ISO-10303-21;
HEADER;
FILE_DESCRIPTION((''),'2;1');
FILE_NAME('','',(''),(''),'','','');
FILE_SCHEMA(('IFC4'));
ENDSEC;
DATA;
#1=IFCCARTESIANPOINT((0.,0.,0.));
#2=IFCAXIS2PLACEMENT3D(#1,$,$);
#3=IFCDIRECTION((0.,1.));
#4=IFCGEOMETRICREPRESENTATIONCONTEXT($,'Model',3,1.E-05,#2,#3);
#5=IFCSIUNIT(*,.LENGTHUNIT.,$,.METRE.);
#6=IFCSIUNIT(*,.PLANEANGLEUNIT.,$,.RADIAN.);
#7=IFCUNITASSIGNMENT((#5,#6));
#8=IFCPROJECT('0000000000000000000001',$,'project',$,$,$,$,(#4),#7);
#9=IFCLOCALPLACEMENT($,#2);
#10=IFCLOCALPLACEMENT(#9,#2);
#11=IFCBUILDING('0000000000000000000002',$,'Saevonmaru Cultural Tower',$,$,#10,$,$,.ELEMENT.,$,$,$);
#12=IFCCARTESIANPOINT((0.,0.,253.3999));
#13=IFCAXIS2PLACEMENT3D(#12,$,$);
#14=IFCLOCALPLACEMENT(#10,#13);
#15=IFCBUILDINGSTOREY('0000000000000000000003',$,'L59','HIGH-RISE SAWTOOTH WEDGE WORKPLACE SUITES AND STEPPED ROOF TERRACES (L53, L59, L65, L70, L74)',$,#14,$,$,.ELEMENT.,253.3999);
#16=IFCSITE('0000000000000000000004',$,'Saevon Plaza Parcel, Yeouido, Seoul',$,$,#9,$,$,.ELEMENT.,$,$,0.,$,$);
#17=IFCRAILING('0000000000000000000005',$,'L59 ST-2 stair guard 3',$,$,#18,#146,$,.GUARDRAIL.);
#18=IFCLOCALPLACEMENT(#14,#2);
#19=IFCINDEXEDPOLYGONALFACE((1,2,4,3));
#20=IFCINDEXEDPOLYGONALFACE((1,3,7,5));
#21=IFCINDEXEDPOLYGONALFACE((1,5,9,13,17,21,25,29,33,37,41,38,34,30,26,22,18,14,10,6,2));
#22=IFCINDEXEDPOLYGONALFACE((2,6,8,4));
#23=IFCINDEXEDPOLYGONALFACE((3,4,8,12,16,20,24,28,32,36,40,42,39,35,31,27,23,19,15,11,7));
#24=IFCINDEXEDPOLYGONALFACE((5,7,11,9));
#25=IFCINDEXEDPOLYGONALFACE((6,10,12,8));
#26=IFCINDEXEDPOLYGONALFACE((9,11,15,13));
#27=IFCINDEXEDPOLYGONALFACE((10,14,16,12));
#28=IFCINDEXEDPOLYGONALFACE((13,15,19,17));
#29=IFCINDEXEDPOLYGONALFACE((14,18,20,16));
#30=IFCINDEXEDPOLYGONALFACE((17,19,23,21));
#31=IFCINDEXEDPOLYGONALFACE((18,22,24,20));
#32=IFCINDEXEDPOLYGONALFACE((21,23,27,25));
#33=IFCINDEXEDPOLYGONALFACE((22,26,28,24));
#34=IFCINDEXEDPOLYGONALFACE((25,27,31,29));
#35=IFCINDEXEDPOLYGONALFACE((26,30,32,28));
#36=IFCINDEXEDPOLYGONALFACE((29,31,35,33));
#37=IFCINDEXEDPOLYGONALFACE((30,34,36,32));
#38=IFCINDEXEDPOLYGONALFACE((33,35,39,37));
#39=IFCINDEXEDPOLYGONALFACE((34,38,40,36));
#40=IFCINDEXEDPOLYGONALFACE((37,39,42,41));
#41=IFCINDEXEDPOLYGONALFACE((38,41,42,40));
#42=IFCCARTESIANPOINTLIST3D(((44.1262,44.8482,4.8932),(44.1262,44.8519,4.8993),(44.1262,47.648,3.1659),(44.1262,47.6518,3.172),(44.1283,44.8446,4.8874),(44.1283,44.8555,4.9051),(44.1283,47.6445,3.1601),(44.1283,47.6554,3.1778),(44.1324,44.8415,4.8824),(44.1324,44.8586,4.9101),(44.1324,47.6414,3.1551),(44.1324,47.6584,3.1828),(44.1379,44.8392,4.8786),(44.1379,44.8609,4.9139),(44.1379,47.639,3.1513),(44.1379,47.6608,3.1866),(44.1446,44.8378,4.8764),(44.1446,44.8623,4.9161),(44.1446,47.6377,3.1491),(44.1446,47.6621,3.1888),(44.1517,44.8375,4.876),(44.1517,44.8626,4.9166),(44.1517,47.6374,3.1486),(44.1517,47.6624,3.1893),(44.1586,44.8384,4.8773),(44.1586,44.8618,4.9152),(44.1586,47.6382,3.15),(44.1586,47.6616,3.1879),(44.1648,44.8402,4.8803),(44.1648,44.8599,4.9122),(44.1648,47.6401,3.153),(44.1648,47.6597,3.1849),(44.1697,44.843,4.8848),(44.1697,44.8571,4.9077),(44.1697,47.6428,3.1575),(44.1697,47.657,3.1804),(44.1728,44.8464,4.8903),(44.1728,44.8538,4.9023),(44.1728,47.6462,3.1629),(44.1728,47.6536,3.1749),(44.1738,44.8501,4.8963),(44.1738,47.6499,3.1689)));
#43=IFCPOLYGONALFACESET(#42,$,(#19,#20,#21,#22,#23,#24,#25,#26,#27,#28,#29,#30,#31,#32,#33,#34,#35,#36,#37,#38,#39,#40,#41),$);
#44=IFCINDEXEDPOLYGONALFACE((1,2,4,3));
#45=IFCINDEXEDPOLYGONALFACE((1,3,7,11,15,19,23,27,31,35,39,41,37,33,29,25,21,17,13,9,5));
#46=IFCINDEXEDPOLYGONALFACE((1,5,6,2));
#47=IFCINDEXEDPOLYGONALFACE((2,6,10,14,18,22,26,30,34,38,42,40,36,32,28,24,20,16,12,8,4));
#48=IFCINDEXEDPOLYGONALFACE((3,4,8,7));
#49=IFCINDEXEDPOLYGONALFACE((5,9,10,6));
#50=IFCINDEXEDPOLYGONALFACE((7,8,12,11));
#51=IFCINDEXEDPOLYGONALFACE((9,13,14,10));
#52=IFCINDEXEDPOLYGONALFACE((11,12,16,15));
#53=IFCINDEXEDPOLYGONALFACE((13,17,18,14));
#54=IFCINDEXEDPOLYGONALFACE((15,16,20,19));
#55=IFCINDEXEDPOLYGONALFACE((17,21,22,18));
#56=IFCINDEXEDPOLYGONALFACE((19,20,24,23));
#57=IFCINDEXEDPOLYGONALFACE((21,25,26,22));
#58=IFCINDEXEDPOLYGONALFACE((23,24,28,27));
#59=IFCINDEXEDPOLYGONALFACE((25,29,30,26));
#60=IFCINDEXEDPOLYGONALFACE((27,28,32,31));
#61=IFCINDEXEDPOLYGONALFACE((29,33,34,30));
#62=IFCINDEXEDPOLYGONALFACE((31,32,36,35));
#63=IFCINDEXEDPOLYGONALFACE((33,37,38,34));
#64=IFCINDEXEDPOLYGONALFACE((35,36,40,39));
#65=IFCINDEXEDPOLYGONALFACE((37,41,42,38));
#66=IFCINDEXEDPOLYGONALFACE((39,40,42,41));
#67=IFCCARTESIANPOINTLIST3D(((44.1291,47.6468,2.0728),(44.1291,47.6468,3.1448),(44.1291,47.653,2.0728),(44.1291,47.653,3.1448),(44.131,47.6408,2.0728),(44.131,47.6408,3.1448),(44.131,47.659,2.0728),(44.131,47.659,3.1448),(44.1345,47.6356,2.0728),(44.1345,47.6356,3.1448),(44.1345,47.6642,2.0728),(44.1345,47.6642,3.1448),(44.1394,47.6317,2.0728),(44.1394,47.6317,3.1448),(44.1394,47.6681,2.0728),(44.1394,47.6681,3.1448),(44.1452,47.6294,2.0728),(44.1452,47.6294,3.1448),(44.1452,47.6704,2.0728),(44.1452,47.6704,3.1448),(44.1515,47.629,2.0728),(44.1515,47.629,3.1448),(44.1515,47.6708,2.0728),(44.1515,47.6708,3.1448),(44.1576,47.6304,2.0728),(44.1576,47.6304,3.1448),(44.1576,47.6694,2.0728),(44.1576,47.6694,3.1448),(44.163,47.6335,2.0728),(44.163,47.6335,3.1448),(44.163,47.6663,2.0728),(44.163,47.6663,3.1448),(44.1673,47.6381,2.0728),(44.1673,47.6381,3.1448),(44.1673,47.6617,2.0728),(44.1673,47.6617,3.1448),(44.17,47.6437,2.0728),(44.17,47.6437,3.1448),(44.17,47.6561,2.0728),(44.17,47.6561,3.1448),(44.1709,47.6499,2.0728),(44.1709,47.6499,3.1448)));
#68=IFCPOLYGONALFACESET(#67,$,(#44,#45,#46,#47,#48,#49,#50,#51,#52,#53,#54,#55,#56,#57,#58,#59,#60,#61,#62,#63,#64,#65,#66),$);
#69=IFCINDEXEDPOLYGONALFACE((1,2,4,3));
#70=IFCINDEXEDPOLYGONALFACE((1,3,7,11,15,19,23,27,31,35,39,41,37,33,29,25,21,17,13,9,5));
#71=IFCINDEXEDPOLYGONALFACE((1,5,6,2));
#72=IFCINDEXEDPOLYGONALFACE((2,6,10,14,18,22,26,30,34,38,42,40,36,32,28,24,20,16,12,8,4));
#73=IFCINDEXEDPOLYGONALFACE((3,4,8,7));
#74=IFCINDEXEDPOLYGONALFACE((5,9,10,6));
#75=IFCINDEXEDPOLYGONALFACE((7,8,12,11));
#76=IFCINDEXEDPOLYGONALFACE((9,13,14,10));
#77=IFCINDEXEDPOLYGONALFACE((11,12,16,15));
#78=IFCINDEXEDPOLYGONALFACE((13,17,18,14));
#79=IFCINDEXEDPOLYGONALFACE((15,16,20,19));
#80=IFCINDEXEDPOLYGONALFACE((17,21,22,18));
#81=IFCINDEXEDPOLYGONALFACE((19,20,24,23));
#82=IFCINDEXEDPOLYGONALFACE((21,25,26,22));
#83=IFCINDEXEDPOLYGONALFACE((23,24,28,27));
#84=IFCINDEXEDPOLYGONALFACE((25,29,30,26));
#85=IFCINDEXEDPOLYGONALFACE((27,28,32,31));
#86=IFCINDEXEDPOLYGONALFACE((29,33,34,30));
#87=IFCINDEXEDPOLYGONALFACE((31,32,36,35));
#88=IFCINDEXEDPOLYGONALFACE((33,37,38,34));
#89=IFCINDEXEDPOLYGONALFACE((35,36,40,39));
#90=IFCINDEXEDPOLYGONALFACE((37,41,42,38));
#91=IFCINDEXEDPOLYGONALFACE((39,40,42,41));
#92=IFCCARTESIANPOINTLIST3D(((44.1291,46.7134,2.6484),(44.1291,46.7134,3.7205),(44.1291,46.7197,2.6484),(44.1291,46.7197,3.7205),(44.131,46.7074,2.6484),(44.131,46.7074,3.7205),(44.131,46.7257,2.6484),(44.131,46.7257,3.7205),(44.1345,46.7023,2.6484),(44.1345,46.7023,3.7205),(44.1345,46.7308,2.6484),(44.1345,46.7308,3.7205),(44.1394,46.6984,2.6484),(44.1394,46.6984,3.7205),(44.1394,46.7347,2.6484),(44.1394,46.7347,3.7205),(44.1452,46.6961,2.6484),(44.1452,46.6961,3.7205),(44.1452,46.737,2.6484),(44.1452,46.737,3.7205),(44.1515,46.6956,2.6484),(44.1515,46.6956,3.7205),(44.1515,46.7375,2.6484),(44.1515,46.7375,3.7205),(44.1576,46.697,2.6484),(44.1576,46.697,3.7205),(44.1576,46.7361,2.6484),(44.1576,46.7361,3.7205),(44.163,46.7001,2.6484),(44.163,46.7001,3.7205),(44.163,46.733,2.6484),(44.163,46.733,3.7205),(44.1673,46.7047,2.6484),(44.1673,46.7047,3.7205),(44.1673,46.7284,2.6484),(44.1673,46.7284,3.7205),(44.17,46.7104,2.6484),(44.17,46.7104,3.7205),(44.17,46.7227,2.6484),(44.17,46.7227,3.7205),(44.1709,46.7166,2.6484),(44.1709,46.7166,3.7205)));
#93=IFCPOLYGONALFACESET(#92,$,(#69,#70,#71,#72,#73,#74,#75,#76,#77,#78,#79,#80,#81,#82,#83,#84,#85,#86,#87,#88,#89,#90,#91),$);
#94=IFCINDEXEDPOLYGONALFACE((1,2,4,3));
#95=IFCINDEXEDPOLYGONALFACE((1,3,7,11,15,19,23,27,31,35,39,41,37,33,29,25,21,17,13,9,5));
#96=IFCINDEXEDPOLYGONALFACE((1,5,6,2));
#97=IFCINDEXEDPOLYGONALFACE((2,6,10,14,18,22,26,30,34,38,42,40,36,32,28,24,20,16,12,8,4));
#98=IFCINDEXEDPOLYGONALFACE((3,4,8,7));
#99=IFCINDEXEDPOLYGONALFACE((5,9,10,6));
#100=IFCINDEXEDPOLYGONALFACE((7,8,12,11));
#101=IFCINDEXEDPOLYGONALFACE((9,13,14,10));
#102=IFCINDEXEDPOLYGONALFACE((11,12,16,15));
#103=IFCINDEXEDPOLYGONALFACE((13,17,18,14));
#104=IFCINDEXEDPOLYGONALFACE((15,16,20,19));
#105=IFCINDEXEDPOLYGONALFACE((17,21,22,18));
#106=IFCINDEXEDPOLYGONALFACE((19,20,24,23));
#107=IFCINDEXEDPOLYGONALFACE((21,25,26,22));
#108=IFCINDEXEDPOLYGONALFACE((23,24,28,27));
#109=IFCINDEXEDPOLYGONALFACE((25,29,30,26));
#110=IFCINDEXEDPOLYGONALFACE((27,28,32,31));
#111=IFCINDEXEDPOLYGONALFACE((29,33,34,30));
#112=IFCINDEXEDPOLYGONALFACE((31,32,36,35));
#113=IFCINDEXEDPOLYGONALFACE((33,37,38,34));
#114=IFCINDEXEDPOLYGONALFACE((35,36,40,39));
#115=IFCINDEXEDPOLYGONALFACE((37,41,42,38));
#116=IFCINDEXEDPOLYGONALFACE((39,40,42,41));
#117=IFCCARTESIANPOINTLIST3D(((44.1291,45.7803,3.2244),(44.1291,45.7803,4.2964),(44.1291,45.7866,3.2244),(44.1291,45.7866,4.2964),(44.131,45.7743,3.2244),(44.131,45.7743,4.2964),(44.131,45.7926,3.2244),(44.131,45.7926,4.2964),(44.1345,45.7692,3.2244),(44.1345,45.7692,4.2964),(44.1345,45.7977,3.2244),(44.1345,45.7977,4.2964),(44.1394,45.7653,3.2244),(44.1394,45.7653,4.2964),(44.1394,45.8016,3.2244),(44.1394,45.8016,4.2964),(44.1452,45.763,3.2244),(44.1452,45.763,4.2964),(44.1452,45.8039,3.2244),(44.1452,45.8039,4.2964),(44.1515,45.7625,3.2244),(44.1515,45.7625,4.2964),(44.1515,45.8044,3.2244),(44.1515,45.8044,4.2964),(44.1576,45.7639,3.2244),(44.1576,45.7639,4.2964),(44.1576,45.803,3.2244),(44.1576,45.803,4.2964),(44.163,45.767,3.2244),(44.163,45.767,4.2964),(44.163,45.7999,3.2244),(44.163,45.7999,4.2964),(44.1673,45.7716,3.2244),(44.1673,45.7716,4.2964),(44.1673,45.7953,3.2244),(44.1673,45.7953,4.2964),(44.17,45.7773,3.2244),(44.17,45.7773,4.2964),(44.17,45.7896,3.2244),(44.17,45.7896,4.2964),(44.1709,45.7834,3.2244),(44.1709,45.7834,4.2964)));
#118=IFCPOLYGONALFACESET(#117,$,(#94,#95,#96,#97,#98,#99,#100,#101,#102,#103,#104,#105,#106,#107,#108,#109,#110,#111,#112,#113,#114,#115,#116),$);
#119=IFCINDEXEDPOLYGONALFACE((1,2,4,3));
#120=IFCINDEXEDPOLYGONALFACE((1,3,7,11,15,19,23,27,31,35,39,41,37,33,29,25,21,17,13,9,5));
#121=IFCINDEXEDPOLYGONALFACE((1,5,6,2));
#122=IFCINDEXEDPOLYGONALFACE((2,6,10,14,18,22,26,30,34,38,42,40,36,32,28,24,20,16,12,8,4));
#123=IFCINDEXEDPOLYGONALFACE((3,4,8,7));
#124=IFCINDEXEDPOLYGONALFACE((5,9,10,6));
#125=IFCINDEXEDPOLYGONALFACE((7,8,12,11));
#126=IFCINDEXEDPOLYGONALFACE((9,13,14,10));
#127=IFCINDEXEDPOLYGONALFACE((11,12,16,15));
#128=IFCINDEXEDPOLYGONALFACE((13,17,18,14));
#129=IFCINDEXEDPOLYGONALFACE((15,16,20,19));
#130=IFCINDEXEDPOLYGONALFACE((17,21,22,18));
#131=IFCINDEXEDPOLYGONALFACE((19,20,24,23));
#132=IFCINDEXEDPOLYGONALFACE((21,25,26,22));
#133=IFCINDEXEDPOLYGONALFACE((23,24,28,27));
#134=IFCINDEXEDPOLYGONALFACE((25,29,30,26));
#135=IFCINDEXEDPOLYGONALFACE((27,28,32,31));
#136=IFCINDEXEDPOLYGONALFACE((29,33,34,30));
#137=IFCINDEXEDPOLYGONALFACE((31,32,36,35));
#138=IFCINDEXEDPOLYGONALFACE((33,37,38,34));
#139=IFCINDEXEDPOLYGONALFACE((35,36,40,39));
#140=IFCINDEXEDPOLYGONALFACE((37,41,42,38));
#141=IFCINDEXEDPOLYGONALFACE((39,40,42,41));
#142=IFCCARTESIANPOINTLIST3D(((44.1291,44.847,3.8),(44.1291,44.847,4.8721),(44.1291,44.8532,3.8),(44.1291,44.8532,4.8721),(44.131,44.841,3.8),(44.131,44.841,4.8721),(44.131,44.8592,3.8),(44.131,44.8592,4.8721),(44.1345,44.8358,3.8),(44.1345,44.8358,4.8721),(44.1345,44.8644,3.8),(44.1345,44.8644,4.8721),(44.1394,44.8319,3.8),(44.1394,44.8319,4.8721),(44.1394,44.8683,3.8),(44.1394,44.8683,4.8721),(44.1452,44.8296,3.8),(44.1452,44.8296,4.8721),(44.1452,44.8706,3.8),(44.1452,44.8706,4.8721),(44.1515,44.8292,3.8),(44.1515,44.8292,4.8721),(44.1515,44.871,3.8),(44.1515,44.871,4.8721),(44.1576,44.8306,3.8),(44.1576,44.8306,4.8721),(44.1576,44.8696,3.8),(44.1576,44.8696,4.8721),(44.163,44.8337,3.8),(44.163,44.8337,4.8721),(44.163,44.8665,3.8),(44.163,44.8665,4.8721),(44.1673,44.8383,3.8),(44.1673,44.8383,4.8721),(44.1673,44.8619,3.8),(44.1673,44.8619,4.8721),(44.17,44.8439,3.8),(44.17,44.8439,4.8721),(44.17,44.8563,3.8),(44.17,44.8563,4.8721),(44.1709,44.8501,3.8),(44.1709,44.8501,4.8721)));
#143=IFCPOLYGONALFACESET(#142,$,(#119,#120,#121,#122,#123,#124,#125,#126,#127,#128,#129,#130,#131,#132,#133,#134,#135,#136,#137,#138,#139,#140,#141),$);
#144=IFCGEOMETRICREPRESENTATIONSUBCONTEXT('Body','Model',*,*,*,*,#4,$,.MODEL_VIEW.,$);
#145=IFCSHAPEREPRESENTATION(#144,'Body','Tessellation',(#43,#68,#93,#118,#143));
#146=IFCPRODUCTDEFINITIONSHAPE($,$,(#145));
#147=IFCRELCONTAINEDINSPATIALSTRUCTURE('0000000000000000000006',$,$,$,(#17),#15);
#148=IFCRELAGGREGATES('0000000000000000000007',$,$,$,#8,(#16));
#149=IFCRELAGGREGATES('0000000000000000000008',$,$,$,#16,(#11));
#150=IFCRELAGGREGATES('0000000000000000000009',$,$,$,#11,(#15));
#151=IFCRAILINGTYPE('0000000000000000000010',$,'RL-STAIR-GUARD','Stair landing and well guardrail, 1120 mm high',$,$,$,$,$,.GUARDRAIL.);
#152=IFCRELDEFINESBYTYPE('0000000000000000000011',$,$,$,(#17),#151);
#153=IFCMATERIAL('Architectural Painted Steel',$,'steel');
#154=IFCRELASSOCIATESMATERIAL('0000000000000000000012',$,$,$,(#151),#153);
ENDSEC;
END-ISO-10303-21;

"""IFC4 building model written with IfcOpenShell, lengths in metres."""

from ifc_helpers import new_model, si_unit, direction, frame, origin, origin_2d, place, context, subcontext, project, spatial, circle, extrude, material, type_object, element, save


model = new_model("IFC4")

# Units and contexts
model_context = context("Model", 3, precision=1e-05, world=origin(), true_north=direction((0.0, 1.0)))
body_context = subcontext(model_context, "Body", "Model", "MODEL_VIEW")
ifc_project = project(units=[si_unit("LENGTHUNIT", "METRE"), si_unit("PLANEANGLEUNIT", "RADIAN")], contexts=[model_context])

# Site, building, storey
site_placement = place(None, origin())
site = spatial("IfcSite", under=ifc_project, at=site_placement, Name="Saevon Plaza Parcel, Yeouido, Seoul", CompositionType="ELEMENT", RefElevation=0.0)
building_placement = place(site_placement, origin())
building = spatial("IfcBuilding", under=site, at=building_placement, Name="Saevonmaru Cultural Tower", CompositionType="ELEMENT")
storey_placement = place(building_placement, frame((0.0, 0.0, 253.3999)))
storey = spatial("IfcBuildingStorey", under=building, at=storey_placement, Name="L59", Description="HIGH-RISE SAWTOOTH WEDGE WORKPLACE SUITES AND STEPPED ROOF TERRACES (L53, L59, L65, L70, L74)", CompositionType="ELEMENT", Elevation=253.3999)

# Railing
ifc_material_1 = material(Name="Architectural Painted Steel", Category="steel")
railing_type_1 = type_object("IfcRailingType", Name="RL-STAIR-GUARD", Description="Stair landing and well guardrail, 1120 mm high", PredefinedType="GUARDRAIL", material=ifc_material_1)
railing_1_placement = place(storey_placement, frame((44.1499, 47.6499, 2.0728)))
element("IfcRailing", 1, at=railing_1_placement, inside=storey, type_object=railing_type_1, Name="L59 ST-2 stair guard 3", PredefinedType="GUARDRAIL", context=body_context, shape_type="SweptSolid", body=[
    extrude(circle(Radius=0.0239, at=origin_2d()), frame((0.0, 0.0, 1.0962), z_axis=(0.0, -0.851069, 0.525054), x_axis=(1.0, 0.0, 0.0)), (0.0, 0.0, 1.0), 3.2898),
    extrude(circle(Radius=0.021, at=origin_2d()), origin(), (0.0, 0.0, 1.0), 1.072),
    extrude(circle(Radius=0.021, at=origin_2d()), frame((0.0, -0.9333, 0.5757)), (0.0, 0.0, 1.0), 1.072),
    extrude(circle(Radius=0.021, at=origin_2d()), frame((0.0, -1.8665, 1.1516)), (0.0, 0.0, 1.0), 1.072),
    extrude(circle(Radius=0.021, at=origin_2d()), frame((0.0, -2.7998, 1.7273)), (0.0, 0.0, 1.0), 1.072),
])

save(model, "model.ifc")
